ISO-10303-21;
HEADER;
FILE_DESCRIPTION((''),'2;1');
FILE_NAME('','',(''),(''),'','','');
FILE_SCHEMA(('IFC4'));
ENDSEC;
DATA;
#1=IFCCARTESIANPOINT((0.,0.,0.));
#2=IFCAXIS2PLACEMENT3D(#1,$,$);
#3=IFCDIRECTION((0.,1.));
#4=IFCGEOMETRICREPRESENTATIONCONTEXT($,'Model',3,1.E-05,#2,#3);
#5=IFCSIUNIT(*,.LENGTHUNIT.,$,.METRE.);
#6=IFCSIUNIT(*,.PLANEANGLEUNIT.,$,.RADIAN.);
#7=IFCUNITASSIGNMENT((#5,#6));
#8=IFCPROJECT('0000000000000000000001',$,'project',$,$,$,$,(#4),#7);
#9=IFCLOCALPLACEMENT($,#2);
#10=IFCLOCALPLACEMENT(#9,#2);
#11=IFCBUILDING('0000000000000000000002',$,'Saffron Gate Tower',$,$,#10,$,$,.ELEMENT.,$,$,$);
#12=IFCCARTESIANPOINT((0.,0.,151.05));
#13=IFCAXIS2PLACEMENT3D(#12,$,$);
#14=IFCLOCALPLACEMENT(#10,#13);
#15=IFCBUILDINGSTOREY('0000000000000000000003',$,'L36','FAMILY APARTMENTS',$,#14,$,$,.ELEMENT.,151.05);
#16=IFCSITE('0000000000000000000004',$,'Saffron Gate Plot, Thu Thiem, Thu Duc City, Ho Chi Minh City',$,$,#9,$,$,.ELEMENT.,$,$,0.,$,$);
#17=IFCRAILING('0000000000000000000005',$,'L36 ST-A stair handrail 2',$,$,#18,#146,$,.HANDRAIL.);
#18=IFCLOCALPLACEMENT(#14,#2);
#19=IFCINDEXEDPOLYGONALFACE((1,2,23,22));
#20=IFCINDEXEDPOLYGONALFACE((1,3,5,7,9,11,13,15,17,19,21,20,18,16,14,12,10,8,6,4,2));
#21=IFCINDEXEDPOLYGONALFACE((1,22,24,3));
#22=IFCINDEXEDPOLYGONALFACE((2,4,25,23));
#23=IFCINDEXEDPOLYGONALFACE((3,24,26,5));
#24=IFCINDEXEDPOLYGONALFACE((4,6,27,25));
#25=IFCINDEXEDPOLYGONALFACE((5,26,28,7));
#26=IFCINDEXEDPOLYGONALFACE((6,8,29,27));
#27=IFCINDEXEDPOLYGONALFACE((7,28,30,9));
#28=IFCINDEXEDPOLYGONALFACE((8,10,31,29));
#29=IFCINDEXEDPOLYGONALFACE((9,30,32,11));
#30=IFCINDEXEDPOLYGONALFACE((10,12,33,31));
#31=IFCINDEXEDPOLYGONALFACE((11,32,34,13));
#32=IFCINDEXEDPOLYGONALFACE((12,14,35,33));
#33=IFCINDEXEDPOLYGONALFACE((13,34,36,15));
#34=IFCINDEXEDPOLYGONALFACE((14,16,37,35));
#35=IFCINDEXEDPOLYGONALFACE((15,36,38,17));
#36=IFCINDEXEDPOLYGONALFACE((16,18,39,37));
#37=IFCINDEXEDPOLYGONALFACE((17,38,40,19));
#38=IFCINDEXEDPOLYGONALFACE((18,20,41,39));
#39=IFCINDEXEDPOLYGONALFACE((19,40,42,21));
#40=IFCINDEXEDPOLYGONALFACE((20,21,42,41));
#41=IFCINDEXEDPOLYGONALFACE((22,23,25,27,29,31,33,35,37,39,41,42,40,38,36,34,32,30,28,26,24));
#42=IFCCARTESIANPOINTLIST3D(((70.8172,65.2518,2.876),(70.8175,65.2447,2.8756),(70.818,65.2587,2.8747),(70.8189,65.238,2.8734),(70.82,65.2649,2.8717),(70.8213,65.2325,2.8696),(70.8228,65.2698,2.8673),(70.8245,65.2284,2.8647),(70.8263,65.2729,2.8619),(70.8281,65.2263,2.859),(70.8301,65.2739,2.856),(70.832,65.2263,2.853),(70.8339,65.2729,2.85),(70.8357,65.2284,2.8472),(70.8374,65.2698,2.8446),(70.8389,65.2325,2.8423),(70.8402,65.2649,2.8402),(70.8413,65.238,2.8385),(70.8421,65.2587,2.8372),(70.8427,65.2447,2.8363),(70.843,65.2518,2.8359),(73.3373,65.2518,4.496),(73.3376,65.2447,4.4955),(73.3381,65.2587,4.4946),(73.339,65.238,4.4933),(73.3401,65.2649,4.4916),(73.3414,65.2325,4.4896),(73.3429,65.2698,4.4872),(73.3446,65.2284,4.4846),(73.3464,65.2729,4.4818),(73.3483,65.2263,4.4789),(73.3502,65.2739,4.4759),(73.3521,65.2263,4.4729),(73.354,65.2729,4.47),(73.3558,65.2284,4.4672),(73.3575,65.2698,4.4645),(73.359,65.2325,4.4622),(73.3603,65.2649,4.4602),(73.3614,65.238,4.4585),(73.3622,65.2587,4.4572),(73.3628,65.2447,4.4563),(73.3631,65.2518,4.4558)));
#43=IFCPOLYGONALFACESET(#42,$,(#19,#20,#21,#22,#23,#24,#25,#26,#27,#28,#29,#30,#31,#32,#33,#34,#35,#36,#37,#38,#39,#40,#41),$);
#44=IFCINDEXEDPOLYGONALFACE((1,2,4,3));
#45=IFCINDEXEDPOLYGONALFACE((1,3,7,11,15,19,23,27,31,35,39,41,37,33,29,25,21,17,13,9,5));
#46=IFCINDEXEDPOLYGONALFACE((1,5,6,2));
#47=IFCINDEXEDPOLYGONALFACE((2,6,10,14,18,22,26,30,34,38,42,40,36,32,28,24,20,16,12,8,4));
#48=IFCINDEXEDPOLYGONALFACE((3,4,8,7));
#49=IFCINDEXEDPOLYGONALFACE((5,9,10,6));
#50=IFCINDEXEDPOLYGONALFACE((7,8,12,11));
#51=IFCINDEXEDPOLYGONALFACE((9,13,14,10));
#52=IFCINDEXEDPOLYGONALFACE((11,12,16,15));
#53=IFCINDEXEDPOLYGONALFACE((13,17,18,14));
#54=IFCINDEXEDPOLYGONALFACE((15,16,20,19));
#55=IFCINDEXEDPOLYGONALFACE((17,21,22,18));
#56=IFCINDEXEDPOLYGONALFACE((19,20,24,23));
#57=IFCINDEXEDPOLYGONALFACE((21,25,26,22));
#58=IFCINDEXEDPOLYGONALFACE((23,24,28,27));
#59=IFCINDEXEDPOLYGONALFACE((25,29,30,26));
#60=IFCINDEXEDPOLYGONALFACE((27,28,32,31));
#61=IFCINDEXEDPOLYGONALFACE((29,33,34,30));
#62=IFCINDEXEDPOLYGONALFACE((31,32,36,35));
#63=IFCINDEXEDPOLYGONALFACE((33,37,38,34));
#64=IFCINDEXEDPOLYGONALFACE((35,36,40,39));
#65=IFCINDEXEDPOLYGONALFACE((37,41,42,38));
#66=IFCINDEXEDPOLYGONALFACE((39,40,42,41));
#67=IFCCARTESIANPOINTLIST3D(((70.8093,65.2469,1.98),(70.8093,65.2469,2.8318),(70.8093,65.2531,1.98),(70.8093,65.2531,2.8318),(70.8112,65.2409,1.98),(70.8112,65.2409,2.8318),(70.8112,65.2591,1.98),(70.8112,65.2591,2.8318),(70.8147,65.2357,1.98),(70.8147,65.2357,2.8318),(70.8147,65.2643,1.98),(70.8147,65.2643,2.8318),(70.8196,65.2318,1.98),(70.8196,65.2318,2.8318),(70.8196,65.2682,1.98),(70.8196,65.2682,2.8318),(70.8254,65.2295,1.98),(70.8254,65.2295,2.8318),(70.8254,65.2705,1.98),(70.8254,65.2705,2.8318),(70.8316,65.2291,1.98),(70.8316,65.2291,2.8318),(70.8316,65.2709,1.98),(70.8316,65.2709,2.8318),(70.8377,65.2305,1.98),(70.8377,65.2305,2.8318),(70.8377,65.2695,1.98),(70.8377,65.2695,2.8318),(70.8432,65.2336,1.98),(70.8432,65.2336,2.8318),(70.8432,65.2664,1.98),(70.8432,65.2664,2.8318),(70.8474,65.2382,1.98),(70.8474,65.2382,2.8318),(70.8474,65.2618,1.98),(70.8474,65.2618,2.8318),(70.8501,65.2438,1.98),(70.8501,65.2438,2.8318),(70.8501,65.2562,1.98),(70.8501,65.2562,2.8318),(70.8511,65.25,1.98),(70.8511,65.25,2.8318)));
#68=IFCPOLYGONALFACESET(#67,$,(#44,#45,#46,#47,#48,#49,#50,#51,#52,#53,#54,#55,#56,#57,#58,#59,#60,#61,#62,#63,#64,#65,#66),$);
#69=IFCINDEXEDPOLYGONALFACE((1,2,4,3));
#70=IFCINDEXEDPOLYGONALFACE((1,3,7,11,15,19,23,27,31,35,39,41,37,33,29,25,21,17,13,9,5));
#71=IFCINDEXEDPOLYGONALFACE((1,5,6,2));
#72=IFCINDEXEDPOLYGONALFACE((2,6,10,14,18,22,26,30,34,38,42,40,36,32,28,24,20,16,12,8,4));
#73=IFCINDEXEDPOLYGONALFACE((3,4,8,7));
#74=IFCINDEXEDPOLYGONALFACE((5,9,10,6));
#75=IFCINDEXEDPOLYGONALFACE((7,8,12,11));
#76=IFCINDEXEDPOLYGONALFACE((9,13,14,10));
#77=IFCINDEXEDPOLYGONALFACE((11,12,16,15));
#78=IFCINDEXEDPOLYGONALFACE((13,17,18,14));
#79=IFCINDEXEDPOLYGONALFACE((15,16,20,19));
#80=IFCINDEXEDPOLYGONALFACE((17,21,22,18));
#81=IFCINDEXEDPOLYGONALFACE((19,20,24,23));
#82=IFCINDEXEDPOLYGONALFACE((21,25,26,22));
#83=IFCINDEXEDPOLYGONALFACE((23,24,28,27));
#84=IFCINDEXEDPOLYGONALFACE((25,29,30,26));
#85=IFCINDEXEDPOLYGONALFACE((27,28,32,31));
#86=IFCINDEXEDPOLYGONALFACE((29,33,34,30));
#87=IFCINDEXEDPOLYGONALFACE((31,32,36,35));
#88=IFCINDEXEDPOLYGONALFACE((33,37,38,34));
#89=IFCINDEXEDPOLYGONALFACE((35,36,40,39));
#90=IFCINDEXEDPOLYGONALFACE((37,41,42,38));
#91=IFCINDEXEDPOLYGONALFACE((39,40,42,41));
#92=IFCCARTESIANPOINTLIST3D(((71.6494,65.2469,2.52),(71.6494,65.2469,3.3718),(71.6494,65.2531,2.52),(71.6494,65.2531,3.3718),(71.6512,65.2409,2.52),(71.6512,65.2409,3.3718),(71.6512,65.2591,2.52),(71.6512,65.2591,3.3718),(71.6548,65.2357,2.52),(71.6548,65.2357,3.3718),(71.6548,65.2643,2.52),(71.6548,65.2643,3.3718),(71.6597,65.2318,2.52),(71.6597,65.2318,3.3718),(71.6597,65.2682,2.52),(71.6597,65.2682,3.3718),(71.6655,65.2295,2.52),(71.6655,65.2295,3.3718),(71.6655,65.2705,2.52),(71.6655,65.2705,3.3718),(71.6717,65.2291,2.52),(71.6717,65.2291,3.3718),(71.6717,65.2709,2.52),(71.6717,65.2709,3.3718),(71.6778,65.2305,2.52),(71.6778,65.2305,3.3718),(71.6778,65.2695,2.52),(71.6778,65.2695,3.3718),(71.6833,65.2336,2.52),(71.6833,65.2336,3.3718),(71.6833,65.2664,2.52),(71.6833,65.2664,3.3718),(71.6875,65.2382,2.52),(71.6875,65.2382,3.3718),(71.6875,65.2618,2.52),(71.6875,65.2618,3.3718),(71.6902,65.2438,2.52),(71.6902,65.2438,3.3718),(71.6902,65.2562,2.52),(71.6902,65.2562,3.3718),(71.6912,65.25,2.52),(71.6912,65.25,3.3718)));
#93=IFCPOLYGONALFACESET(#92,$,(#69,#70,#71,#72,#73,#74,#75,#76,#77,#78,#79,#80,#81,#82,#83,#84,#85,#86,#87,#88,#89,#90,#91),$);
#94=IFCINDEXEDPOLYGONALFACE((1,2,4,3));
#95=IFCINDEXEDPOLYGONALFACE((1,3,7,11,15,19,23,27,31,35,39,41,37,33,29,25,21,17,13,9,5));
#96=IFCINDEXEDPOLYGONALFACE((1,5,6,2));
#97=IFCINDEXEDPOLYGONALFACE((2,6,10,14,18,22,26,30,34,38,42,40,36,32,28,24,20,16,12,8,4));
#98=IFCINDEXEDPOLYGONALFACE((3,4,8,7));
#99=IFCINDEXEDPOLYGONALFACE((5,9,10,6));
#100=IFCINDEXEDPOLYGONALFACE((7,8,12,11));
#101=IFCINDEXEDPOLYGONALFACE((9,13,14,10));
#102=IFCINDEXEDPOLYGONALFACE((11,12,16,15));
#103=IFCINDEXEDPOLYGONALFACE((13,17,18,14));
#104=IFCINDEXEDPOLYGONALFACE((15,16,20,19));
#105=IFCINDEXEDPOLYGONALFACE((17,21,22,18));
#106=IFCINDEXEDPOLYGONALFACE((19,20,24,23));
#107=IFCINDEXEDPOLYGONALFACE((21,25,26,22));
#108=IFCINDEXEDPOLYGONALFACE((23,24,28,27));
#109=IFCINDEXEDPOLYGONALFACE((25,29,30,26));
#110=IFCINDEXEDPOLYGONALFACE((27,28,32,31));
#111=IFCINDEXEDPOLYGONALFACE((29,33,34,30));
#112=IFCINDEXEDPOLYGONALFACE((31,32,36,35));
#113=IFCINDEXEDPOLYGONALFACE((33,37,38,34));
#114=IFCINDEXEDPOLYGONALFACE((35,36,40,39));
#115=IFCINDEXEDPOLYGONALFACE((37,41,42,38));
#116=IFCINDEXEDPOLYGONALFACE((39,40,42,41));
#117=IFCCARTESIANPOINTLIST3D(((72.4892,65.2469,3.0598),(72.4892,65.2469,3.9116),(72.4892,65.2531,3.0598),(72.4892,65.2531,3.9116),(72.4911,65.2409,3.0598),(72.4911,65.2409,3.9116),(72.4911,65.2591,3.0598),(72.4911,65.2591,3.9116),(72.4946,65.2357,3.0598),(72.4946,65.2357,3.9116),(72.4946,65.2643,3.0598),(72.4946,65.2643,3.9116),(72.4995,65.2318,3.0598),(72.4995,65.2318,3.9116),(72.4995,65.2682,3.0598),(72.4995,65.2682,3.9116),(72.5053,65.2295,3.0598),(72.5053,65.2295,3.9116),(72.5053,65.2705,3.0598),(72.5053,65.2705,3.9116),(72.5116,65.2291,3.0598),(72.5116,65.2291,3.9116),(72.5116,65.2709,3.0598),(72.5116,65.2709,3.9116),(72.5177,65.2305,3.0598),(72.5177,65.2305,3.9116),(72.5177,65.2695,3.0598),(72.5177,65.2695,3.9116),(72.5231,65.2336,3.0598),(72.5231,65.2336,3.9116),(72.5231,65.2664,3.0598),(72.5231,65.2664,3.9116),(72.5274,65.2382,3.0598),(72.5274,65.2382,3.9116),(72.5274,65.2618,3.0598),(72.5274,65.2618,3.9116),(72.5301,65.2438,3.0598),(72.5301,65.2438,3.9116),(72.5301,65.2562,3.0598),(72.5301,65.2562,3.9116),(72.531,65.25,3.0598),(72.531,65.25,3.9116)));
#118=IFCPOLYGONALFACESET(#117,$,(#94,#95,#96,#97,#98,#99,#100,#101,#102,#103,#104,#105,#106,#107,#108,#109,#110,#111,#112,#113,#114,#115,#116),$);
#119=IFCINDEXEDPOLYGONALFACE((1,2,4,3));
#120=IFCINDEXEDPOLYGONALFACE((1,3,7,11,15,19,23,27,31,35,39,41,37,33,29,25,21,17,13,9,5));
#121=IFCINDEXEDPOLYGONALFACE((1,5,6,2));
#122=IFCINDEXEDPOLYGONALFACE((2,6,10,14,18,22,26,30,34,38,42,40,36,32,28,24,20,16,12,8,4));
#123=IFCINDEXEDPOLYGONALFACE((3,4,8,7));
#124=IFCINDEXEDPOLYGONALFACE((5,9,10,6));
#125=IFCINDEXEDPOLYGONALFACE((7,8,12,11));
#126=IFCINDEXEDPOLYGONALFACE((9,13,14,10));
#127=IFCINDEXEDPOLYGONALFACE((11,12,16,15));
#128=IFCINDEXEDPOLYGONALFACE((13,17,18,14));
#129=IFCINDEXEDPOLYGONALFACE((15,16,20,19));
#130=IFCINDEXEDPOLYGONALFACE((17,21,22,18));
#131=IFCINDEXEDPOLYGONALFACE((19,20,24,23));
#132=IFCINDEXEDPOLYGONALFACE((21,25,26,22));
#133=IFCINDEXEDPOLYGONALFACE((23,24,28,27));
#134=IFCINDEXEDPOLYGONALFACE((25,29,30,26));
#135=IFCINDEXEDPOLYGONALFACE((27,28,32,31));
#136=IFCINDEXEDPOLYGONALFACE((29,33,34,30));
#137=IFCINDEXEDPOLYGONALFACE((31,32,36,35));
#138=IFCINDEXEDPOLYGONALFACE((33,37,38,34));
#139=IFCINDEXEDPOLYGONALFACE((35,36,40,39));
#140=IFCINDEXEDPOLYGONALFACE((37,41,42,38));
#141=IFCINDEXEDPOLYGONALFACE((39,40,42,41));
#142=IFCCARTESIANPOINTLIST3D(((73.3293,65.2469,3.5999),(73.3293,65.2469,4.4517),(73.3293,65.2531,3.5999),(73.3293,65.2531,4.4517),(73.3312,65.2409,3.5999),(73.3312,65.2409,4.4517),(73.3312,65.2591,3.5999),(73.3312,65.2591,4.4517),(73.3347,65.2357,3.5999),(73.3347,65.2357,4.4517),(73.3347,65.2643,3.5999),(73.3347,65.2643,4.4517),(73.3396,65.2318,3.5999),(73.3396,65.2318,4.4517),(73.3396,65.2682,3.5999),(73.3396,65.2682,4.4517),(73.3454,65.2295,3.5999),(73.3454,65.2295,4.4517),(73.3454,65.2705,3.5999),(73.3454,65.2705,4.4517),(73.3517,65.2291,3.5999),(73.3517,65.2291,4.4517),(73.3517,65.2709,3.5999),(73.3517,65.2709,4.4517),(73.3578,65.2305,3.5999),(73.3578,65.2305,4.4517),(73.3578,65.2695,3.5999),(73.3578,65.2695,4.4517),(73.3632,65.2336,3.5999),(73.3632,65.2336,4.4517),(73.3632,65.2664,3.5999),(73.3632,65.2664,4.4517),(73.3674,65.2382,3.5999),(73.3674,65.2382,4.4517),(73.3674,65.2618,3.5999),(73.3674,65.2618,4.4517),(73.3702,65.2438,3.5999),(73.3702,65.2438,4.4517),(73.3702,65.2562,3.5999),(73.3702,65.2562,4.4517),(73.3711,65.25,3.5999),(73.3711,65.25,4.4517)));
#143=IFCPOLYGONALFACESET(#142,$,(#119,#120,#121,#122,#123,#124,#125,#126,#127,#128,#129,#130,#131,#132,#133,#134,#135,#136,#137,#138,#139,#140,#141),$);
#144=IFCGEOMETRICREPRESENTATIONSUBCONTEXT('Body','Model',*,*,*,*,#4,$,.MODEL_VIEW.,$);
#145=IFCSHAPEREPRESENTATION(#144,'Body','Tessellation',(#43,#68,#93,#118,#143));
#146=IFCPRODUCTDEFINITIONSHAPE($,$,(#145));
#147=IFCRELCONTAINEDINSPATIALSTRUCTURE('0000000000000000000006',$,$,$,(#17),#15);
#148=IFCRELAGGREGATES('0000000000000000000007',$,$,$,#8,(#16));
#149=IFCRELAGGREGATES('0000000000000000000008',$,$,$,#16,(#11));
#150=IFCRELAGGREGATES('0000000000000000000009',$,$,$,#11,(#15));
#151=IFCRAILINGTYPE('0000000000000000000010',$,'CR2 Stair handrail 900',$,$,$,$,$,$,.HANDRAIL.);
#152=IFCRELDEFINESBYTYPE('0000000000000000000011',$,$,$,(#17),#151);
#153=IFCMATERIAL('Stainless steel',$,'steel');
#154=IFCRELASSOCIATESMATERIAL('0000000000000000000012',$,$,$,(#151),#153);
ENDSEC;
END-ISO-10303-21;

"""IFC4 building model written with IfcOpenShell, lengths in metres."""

from ifc_helpers import new_model, si_unit, direction, frame, origin, origin_2d, place, context, subcontext, project, spatial, circle, extrude, material, type_object, element, save


model = new_model("IFC4")

# Units and contexts
model_context = context("Model", 3, precision=1e-05, world=origin(), true_north=direction((0.0, 1.0)))
body_context = subcontext(model_context, "Body", "Model", "MODEL_VIEW")
ifc_project = project(units=[si_unit("LENGTHUNIT", "METRE"), si_unit("PLANEANGLEUNIT", "RADIAN")], contexts=[model_context])

# Site, building, storey
site_placement = place(None, origin())
site = spatial("IfcSite", under=ifc_project, at=site_placement, Name="Saffron Gate Plot, Thu Thiem, Thu Duc City, Ho Chi Minh City", CompositionType="ELEMENT", RefElevation=0.0)
building_placement = place(site_placement, origin())
building = spatial("IfcBuilding", under=site, at=building_placement, Name="Saffron Gate Tower", CompositionType="ELEMENT")
storey_placement = place(building_placement, frame((0.0, 0.0, 151.05)))
storey = spatial("IfcBuildingStorey", under=building, at=storey_placement, Name="L36", Description="FAMILY APARTMENTS", CompositionType="ELEMENT", Elevation=151.05)

# Railing
ifc_material_1 = material(Name="Stainless steel", Category="steel")
railing_type = type_object("IfcRailingType", Name="CR2 Stair handrail 900", PredefinedType="HANDRAIL", material=ifc_material_1)
railing_placement = place(storey_placement, frame((70.8301, 65.25, 1.98)))
element("IfcRailing", 1, at=railing_placement, inside=storey, type_object=railing_type, Name="L36 ST-A stair handrail 2", PredefinedType="HANDRAIL", context=body_context, shape_type="SweptSolid", body=[
    extrude(circle(Radius=0.0239, at=origin_2d()), frame((0.0, 0.0, 0.876), z_axis=(0.8412, 0.0, 0.540725), x_axis=(0.0, 1.0, 0.0)), (0.0, 0.0, 1.0), 2.9958),
    extrude(circle(Radius=0.021, at=origin_2d()), origin(), (0.0, 0.0, 1.0), 0.8518),
    extrude(circle(Radius=0.021, at=origin_2d()), frame((0.8401, 0.0, 0.54)), (0.0, 0.0, 1.0), 0.8518),
    extrude(circle(Radius=0.021, at=origin_2d()), frame((1.6799, 0.0, 1.0798)), (0.0, 0.0, 1.0), 0.8518),
    extrude(circle(Radius=0.021, at=origin_2d()), frame((2.52, 0.0, 1.6199)), (0.0, 0.0, 1.0), 0.8518),
])

save(model, "model.ifc")
